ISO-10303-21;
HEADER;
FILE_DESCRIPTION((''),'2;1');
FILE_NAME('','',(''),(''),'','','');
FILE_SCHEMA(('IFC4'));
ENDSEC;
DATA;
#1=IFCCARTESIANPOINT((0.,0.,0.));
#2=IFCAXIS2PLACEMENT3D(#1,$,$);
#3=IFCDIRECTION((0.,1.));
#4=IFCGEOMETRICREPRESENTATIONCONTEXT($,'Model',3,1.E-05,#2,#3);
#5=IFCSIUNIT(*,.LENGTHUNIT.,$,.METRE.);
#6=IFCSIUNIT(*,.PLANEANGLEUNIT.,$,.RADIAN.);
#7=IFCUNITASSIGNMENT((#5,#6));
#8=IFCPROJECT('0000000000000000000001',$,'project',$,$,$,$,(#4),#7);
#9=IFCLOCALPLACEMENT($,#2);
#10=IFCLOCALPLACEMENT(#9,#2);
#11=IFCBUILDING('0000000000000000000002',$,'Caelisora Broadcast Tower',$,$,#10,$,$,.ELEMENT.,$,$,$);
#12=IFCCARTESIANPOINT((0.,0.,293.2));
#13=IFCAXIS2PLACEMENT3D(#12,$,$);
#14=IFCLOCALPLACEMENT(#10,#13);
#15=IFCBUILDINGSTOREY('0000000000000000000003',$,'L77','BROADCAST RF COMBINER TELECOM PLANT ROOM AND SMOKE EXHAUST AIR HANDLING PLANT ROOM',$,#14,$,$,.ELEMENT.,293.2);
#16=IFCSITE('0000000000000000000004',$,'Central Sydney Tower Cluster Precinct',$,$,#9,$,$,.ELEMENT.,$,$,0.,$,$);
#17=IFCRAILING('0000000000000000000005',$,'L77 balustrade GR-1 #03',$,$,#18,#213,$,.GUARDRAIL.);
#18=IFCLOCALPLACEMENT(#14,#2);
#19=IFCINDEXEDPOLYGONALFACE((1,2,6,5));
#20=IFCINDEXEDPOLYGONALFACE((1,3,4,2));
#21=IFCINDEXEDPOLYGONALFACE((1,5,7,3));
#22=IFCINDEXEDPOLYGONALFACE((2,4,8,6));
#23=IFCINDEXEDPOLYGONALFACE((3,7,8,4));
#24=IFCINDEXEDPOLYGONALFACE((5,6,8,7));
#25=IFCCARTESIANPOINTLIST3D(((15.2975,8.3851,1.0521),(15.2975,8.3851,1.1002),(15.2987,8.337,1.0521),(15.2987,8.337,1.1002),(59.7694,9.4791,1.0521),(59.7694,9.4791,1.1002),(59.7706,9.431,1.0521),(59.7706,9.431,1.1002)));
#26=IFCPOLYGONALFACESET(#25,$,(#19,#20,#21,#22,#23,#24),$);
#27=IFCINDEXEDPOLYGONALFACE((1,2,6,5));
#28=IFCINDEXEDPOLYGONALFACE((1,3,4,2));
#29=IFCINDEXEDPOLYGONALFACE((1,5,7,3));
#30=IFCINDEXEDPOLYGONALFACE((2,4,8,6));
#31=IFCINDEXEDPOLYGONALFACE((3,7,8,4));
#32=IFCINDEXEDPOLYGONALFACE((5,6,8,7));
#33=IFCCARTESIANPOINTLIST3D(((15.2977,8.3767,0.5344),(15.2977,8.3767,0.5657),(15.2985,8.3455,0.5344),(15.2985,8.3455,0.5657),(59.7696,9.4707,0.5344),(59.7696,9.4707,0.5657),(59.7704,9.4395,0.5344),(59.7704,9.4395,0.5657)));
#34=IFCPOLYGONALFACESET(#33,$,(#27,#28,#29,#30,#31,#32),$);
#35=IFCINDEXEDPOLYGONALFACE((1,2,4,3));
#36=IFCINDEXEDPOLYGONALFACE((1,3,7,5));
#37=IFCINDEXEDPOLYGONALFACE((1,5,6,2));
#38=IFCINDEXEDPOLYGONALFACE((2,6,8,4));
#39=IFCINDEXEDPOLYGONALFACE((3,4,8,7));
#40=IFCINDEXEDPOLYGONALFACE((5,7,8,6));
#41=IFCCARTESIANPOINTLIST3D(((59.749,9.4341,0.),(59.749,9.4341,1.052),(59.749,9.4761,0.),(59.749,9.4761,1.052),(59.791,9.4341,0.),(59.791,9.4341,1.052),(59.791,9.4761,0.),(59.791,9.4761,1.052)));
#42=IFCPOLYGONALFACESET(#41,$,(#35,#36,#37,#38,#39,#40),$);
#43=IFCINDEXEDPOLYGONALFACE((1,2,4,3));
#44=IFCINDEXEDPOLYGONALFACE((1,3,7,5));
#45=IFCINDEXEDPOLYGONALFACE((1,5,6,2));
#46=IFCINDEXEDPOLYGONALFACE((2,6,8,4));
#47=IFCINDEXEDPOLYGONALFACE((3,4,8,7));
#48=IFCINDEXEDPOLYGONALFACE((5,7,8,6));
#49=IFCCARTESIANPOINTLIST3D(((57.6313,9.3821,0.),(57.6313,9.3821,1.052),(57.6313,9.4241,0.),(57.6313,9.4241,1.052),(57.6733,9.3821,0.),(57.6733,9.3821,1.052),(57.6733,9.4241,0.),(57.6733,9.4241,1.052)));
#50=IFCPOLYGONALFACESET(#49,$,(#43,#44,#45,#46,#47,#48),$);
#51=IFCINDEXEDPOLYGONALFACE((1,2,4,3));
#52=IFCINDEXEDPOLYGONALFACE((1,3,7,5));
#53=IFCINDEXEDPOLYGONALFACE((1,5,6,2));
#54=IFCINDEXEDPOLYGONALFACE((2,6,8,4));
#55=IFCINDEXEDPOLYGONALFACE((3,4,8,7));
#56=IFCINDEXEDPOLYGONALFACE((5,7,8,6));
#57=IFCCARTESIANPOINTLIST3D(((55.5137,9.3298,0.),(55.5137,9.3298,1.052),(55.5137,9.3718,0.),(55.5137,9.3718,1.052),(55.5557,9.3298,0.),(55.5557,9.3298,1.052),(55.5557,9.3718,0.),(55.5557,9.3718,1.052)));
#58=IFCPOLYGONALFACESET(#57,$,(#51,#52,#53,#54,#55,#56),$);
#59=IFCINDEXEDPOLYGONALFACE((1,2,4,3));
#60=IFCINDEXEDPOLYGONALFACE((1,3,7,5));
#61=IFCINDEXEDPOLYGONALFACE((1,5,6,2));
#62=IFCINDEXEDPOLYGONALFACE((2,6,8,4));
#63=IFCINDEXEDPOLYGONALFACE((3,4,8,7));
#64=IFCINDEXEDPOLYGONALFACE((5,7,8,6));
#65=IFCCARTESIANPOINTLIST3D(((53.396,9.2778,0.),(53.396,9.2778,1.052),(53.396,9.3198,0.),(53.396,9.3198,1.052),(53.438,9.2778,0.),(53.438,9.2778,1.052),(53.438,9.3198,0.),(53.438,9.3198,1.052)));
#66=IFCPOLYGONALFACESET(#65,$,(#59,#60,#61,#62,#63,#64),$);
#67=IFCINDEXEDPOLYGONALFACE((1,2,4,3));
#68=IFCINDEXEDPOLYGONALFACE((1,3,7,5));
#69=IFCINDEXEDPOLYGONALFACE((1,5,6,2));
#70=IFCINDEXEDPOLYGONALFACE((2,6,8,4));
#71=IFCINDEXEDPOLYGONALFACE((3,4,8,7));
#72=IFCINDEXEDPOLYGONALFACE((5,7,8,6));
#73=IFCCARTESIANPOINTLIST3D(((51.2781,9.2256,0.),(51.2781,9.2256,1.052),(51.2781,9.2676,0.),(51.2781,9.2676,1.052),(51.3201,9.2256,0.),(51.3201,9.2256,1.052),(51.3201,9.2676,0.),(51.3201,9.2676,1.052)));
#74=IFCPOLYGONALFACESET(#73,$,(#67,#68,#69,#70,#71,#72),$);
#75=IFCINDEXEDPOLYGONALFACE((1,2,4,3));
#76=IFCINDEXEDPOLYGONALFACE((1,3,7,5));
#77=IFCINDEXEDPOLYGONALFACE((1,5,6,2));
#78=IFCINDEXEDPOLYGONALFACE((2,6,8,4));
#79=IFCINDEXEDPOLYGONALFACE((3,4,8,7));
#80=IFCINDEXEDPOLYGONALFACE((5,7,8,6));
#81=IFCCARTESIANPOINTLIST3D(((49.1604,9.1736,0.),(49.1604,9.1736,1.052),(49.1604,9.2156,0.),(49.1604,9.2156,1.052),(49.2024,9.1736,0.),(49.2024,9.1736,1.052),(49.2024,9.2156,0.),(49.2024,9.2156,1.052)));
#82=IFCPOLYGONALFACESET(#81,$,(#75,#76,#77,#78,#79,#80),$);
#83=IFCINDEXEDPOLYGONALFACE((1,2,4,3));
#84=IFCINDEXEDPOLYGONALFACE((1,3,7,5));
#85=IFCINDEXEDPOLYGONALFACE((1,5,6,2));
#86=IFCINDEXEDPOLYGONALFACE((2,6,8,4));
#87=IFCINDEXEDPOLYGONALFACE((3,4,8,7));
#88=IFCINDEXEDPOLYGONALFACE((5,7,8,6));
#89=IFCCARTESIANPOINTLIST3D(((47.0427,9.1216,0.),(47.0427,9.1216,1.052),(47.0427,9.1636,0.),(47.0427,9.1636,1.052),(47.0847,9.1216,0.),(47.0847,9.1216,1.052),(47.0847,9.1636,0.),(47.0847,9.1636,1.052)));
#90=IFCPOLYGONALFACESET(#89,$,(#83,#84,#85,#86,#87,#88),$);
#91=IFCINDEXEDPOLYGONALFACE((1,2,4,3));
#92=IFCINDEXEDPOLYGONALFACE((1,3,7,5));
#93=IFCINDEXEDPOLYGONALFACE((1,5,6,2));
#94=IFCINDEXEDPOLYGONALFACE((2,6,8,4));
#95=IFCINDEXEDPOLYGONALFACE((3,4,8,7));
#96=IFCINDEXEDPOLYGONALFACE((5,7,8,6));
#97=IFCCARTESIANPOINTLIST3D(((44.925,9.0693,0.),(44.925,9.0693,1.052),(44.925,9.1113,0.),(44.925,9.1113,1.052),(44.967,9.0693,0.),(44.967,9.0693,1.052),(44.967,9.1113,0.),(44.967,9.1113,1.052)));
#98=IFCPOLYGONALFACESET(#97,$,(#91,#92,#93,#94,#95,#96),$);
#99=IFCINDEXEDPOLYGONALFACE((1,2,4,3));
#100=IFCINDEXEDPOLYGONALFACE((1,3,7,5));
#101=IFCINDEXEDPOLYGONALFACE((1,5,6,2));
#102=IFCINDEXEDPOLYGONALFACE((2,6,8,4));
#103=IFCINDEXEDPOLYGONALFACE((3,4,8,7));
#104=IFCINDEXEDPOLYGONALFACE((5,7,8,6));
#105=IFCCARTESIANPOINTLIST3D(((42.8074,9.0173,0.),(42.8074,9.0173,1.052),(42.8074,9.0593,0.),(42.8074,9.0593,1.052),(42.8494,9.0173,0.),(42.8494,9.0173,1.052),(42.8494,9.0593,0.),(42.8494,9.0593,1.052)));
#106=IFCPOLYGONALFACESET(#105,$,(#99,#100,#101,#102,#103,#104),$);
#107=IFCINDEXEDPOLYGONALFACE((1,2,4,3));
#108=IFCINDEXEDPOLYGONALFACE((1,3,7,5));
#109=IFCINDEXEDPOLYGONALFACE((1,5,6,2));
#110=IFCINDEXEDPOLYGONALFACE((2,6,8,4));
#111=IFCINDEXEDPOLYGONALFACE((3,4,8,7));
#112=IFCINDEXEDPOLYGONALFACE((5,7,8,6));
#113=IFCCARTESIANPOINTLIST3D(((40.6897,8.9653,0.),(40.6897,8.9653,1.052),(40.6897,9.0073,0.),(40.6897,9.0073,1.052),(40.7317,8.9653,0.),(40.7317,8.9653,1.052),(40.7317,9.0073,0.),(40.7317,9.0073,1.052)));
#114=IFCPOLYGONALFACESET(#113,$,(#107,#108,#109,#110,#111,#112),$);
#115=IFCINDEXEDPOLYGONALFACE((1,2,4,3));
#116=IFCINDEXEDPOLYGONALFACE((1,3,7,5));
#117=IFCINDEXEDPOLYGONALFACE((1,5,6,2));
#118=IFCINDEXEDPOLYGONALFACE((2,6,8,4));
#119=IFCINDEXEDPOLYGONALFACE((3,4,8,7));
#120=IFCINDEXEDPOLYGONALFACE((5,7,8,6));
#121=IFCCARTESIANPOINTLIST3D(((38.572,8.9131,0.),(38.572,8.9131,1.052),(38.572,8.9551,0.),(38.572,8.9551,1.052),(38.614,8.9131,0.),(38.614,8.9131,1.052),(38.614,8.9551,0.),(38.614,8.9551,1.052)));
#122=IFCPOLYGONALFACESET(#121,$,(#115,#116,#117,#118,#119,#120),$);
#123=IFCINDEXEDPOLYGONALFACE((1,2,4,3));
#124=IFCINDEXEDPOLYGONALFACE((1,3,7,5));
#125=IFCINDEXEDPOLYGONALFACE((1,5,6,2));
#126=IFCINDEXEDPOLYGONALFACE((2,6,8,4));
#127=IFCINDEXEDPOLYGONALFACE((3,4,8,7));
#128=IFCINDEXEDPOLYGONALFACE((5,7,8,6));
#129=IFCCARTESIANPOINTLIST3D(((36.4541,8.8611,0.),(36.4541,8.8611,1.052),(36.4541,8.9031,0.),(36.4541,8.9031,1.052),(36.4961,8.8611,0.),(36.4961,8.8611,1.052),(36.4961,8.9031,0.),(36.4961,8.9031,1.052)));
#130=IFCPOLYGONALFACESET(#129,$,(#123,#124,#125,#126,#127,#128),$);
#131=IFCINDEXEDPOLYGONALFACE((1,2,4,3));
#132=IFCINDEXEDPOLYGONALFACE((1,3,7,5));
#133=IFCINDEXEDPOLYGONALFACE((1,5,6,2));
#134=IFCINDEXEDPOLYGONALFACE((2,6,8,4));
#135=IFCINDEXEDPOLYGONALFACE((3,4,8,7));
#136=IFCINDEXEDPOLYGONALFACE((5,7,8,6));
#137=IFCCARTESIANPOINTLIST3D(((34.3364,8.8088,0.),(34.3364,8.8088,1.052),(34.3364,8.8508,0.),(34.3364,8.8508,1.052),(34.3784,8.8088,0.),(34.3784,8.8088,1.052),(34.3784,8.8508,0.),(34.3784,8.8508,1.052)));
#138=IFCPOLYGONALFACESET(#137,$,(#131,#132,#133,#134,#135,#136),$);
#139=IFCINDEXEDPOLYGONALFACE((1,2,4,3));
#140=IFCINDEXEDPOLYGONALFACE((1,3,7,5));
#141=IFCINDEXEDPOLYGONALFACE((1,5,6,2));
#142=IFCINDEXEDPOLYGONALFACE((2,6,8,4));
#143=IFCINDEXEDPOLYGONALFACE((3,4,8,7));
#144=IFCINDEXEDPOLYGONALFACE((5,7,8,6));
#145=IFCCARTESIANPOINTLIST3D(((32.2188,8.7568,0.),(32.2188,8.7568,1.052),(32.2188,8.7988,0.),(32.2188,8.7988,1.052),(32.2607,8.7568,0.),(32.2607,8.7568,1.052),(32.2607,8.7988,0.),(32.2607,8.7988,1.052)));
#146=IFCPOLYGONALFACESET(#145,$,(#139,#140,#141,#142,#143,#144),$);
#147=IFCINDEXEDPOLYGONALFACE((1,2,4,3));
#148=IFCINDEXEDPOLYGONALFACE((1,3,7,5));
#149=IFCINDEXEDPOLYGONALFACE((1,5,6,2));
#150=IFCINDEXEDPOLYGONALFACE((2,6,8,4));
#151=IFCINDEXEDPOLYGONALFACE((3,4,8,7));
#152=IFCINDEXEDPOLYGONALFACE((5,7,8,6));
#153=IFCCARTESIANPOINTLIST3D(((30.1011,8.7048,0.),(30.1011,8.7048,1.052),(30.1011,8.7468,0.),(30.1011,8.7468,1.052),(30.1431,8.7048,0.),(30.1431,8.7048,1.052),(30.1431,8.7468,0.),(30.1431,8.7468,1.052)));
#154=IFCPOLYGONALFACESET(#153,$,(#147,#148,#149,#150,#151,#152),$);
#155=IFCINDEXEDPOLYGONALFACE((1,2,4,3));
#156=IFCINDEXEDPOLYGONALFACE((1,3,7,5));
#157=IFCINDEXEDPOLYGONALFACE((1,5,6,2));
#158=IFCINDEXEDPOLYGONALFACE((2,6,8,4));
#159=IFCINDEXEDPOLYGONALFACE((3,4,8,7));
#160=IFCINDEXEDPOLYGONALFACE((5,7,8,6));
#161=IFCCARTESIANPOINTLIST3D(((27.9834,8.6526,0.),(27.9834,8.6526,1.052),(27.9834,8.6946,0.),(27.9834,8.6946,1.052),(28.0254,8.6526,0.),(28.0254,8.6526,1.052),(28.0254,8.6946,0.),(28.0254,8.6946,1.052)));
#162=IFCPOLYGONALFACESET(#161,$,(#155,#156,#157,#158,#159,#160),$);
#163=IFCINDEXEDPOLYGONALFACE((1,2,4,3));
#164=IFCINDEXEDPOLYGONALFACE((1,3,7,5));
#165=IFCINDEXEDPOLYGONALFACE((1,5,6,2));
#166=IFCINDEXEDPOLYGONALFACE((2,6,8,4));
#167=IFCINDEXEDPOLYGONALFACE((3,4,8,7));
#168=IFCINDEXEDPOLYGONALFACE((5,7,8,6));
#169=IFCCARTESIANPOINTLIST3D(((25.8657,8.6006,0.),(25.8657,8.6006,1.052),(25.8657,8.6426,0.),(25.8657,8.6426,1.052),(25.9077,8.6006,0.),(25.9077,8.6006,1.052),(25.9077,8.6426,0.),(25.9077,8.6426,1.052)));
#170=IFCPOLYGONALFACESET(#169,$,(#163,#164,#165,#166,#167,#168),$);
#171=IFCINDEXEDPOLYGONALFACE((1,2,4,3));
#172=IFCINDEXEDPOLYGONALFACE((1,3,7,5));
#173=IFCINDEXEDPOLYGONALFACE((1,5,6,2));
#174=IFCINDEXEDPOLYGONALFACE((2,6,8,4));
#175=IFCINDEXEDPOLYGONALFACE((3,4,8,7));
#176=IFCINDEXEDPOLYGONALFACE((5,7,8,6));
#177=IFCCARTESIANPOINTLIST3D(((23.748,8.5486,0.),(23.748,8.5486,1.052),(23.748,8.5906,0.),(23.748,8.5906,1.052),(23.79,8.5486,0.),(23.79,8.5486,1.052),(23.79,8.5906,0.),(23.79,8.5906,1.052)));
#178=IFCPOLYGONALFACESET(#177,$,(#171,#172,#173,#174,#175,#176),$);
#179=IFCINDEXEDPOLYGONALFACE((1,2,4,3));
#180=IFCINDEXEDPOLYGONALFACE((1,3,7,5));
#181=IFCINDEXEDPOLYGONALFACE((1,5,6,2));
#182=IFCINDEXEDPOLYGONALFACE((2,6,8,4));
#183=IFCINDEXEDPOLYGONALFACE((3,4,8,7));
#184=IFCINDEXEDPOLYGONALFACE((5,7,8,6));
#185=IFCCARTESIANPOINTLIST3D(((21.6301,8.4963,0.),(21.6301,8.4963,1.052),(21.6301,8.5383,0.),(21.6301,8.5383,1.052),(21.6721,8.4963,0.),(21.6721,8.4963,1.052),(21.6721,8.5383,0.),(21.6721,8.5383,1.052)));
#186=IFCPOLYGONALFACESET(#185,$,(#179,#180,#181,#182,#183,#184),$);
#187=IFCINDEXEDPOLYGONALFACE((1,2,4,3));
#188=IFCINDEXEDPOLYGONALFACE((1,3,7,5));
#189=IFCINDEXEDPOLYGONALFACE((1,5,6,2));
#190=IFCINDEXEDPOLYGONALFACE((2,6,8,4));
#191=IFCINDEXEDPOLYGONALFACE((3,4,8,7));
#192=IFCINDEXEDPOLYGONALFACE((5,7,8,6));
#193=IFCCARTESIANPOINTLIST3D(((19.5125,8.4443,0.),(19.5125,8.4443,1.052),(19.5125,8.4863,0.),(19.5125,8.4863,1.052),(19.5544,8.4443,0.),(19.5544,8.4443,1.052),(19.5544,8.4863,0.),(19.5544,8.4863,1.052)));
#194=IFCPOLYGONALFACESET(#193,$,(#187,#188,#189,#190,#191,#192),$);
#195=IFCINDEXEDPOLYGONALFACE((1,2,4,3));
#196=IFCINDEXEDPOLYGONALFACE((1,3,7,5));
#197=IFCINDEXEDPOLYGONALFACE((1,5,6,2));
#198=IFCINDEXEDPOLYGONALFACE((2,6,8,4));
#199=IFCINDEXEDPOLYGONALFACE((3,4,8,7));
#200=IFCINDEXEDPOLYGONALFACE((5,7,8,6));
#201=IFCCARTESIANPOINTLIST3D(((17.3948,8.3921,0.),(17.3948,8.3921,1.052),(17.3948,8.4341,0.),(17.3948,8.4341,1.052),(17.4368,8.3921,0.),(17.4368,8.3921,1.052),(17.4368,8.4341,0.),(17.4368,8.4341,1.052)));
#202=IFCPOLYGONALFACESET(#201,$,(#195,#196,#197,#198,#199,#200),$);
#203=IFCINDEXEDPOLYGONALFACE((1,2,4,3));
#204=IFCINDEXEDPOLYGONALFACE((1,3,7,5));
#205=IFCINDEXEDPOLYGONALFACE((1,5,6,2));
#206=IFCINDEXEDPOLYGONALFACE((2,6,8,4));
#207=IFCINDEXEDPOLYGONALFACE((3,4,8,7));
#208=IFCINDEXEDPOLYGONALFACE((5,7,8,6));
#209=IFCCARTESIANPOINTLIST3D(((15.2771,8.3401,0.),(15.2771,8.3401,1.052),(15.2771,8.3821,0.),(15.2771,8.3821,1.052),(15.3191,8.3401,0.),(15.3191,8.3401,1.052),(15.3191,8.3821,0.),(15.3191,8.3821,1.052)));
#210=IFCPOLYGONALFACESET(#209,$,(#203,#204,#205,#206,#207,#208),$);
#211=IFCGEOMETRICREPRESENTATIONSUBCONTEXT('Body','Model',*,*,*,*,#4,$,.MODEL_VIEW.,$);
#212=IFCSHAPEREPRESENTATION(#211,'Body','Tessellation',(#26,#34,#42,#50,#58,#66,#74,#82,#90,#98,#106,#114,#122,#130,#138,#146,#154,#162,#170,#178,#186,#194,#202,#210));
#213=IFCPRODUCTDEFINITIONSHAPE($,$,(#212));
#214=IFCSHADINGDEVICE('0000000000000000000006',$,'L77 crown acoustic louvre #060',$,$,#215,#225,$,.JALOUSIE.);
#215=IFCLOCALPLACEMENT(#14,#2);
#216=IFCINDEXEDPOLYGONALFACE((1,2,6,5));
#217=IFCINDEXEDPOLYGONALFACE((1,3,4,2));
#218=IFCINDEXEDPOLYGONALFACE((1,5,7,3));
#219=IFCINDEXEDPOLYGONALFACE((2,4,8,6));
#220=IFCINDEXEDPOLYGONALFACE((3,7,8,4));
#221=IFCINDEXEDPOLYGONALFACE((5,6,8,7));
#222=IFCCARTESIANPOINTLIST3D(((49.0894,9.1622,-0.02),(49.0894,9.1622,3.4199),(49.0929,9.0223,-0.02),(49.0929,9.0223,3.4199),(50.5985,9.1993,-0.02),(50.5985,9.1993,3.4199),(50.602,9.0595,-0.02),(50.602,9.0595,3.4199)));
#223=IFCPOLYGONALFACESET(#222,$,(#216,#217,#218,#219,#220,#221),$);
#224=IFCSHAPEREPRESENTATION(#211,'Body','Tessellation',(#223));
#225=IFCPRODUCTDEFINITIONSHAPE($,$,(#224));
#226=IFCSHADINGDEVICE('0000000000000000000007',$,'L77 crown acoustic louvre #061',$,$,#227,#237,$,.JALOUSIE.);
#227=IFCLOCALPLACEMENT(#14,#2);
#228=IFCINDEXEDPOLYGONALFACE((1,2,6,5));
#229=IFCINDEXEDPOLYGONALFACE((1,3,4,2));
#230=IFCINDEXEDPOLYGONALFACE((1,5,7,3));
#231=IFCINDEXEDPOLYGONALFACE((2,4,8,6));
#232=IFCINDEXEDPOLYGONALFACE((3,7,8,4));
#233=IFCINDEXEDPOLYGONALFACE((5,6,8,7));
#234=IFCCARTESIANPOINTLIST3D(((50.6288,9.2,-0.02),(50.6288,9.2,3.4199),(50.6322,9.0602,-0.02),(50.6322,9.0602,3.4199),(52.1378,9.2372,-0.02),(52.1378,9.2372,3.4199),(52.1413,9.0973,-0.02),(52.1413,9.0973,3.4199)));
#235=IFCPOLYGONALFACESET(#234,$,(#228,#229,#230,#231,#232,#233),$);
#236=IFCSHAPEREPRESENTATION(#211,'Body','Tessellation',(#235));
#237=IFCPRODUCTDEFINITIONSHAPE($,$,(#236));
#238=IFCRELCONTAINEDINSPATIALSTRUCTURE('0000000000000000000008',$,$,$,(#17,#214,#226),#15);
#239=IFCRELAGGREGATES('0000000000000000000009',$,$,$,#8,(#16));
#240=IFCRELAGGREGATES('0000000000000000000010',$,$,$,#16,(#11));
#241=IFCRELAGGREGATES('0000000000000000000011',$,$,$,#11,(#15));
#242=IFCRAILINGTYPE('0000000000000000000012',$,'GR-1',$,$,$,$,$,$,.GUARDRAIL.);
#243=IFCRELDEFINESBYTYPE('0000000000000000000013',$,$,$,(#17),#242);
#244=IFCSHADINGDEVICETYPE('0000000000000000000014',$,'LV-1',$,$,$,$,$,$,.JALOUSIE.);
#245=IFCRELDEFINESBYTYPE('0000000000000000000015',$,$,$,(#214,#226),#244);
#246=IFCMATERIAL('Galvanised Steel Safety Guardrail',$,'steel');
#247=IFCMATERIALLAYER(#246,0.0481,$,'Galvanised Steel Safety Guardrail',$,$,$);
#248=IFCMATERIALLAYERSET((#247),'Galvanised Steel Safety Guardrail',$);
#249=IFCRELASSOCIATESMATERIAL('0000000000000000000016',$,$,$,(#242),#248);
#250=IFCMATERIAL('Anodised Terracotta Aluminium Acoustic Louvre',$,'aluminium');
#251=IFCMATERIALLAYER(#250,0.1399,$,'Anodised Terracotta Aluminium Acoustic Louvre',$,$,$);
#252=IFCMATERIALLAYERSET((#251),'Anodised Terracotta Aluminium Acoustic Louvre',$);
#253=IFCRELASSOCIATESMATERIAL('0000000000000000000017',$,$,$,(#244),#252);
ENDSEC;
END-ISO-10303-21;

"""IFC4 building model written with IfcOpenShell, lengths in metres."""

from ifc_helpers import new_model, si_unit, direction, frame, origin, origin_2d, place, context, subcontext, project, spatial, rectangle, extrude, source, transform, mapped, material, layer, layer_set, type_object, element, save


model = new_model("IFC4")

# Units and contexts
model_context = context("Model", 3, precision=1e-05, world=origin(), true_north=direction((0.0, 1.0)))
body_context = subcontext(model_context, "Body", "Model", "MODEL_VIEW")
ifc_project = project(units=[si_unit("LENGTHUNIT", "METRE"), si_unit("PLANEANGLEUNIT", "RADIAN")], contexts=[model_context])

# Site, building, storey
site_placement = place(None, origin())
site = spatial("IfcSite", under=ifc_project, at=site_placement, Name="Central Sydney Tower Cluster Precinct", CompositionType="ELEMENT", RefElevation=0.0)
building_placement = place(site_placement, origin())
building = spatial("IfcBuilding", under=site, at=building_placement, Name="Caelisora Broadcast Tower", CompositionType="ELEMENT")
storey_placement = place(building_placement, frame((0.0, 0.0, 293.2)))
storey = spatial("IfcBuildingStorey", under=building, at=storey_placement, Name="L77", Description="BROADCAST RF COMBINER TELECOM PLANT ROOM AND SMOKE EXHAUST AIR HANDLING PLANT ROOM", CompositionType="ELEMENT", Elevation=293.2)

# Railing
ifc_material_1 = material(Name="Galvanised Steel Safety Guardrail", Category="steel")
ifc_layer_1 = layer(ifc_material_1, 0.0481, Name="Galvanised Steel Safety Guardrail")
ifc_layer_set_1 = layer_set([ifc_layer_1], Name="Galvanised Steel Safety Guardrail")
railing_type = type_object("IfcRailingType", Name="GR-1", PredefinedType="GUARDRAIL", material=ifc_layer_set_1)
railing_1_placement = place(storey_placement, frame((59.77, 9.4551, 0.0)))
element("IfcRailing", 1, at=railing_1_placement, inside=storey, type_object=railing_type, Name="L77 balustrade GR-1 #03", PredefinedType="GUARDRAIL", context=body_context, shape_type="SweptSolid", body=[
    extrude(rectangle(XDim=0.0481, YDim=0.0481, at=origin_2d()), frame((0.0, 0.0, 1.0762), z_axis=(-0.999698, -0.024592, 0.0), x_axis=(0.024592, -0.999698, 0.0)), (0.0, 0.0, 1.0), 44.4854),
    extrude(rectangle(XDim=0.0312, YDim=0.0312, at=origin_2d()), frame((0.0, 0.0, 0.55), z_axis=(-0.999698, -0.024592, 0.0), x_axis=(0.024592, -0.999698, 0.0)), (0.0, 0.0, 1.0), 44.4854),
    extrude(rectangle(XDim=0.042, YDim=0.042, at=origin_2d()), origin(), (0.0, 0.0, 1.0), 1.052),
    extrude(rectangle(XDim=0.042, YDim=0.042, at=origin_2d()), frame((-2.1177, -0.052, 0.0)), (0.0, 0.0, 1.0), 1.052),
    extrude(rectangle(XDim=0.042, YDim=0.042, at=origin_2d()), frame((-4.2354, -0.1042, 0.0)), (0.0, 0.0, 1.0), 1.052),
    extrude(rectangle(XDim=0.042, YDim=0.042, at=origin_2d()), frame((-6.353, -0.1562, 0.0)), (0.0, 0.0, 1.0), 1.052),
    extrude(rectangle(XDim=0.042, YDim=0.042, at=origin_2d()), frame((-8.4709, -0.2085, 0.0)), (0.0, 0.0, 1.0), 1.052),
    extrude(rectangle(XDim=0.042, YDim=0.042, at=origin_2d()), frame((-10.5886, -0.2605, 0.0)), (0.0, 0.0, 1.0), 1.052),
    extrude(rectangle(XDim=0.042, YDim=0.042, at=origin_2d()), frame((-12.7063, -0.3125, 0.0)), (0.0, 0.0, 1.0), 1.052),
    extrude(rectangle(XDim=0.042, YDim=0.042, at=origin_2d()), frame((-14.824, -0.3647, 0.0)), (0.0, 0.0, 1.0), 1.052),
    extrude(rectangle(XDim=0.042, YDim=0.042, at=origin_2d()), frame((-16.9417, -0.4167, 0.0)), (0.0, 0.0, 1.0), 1.052),
    extrude(rectangle(XDim=0.042, YDim=0.042, at=origin_2d()), frame((-19.0593, -0.4688, 0.0)), (0.0, 0.0, 1.0), 1.052),
    extrude(rectangle(XDim=0.042, YDim=0.042, at=origin_2d()), frame((-21.177, -0.521, 0.0)), (0.0, 0.0, 1.0), 1.052),
    extrude(rectangle(XDim=0.042, YDim=0.042, at=origin_2d()), frame((-23.2949, -0.573, 0.0)), (0.0, 0.0, 1.0), 1.052),
    extrude(rectangle(XDim=0.042, YDim=0.042, at=origin_2d()), frame((-25.4126, -0.6252, 0.0)), (0.0, 0.0, 1.0), 1.052),
    extrude(rectangle(XDim=0.042, YDim=0.042, at=origin_2d()), frame((-27.5303, -0.6772, 0.0)), (0.0, 0.0, 1.0), 1.052),
    extrude(rectangle(XDim=0.042, YDim=0.042, at=origin_2d()), frame((-29.6479, -0.7292, 0.0)), (0.0, 0.0, 1.0), 1.052),
    extrude(rectangle(XDim=0.042, YDim=0.042, at=origin_2d()), frame((-31.7656, -0.7815, 0.0)), (0.0, 0.0, 1.0), 1.052),
    extrude(rectangle(XDim=0.042, YDim=0.042, at=origin_2d()), frame((-33.8833, -0.8335, 0.0)), (0.0, 0.0, 1.0), 1.052),
    extrude(rectangle(XDim=0.042, YDim=0.042, at=origin_2d()), frame((-36.001, -0.8855, 0.0)), (0.0, 0.0, 1.0), 1.052),
    extrude(rectangle(XDim=0.042, YDim=0.042, at=origin_2d()), frame((-38.1189, -0.9377, 0.0)), (0.0, 0.0, 1.0), 1.052),
    extrude(rectangle(XDim=0.042, YDim=0.042, at=origin_2d()), frame((-40.2366, -0.9897, 0.0)), (0.0, 0.0, 1.0), 1.052),
    extrude(rectangle(XDim=0.042, YDim=0.042, at=origin_2d()), frame((-42.3542, -1.042, 0.0)), (0.0, 0.0, 1.0), 1.052),
    extrude(rectangle(XDim=0.042, YDim=0.042, at=origin_2d()), frame((-44.4719, -1.094, 0.0)), (0.0, 0.0, 1.0), 1.052),
])

# Shading devices
ifc_material_2 = material(Name="Anodised Terracotta Aluminium Acoustic Louvre", Category="aluminium")
ifc_layer_2 = layer(ifc_material_2, 0.1399, Name="Anodised Terracotta Aluminium Acoustic Louvre")
ifc_layer_set_2 = layer_set([ifc_layer_2], Name="Anodised Terracotta Aluminium Acoustic Louvre")
shading_device_type = type_object("IfcShadingDeviceType", Name="LV-1", PredefinedType="JALOUSIE", material=ifc_layer_set_2)
shared_shape_1 = source(origin(), body_context, "Body", "SweptSolid", [
    extrude(rectangle(XDim=1.5095, YDim=0.1399, at=origin_2d()), origin(), (0.0, 0.0, 1.0), 3.4399),
])
for number, where, z_axis, x_axis, name in (
    (2, (49.8457, 9.1108, -0.02), (0.0, 0.0, 1.0), (0.999697, 0.024607, 0.0), "L77 crown acoustic louvre #060"),
    (3, (51.385, 9.1487, -0.02), (0.0, 0.0, 1.0), (0.999697, 0.024607, 0.0), "L77 crown acoustic louvre #061"),
):
    element("IfcShadingDevice", number, at=place(storey_placement, frame(where, z_axis=z_axis, x_axis=x_axis)), inside=storey, type_object=shading_device_type, Name=name, PredefinedType="JALOUSIE", context=body_context, shape_type="MappedRepresentation", body=[
        mapped(shared_shape_1, transform((0.0, 0.0, 0.0), scale=1.0)),
    ])

save(model, "model.ifc")
